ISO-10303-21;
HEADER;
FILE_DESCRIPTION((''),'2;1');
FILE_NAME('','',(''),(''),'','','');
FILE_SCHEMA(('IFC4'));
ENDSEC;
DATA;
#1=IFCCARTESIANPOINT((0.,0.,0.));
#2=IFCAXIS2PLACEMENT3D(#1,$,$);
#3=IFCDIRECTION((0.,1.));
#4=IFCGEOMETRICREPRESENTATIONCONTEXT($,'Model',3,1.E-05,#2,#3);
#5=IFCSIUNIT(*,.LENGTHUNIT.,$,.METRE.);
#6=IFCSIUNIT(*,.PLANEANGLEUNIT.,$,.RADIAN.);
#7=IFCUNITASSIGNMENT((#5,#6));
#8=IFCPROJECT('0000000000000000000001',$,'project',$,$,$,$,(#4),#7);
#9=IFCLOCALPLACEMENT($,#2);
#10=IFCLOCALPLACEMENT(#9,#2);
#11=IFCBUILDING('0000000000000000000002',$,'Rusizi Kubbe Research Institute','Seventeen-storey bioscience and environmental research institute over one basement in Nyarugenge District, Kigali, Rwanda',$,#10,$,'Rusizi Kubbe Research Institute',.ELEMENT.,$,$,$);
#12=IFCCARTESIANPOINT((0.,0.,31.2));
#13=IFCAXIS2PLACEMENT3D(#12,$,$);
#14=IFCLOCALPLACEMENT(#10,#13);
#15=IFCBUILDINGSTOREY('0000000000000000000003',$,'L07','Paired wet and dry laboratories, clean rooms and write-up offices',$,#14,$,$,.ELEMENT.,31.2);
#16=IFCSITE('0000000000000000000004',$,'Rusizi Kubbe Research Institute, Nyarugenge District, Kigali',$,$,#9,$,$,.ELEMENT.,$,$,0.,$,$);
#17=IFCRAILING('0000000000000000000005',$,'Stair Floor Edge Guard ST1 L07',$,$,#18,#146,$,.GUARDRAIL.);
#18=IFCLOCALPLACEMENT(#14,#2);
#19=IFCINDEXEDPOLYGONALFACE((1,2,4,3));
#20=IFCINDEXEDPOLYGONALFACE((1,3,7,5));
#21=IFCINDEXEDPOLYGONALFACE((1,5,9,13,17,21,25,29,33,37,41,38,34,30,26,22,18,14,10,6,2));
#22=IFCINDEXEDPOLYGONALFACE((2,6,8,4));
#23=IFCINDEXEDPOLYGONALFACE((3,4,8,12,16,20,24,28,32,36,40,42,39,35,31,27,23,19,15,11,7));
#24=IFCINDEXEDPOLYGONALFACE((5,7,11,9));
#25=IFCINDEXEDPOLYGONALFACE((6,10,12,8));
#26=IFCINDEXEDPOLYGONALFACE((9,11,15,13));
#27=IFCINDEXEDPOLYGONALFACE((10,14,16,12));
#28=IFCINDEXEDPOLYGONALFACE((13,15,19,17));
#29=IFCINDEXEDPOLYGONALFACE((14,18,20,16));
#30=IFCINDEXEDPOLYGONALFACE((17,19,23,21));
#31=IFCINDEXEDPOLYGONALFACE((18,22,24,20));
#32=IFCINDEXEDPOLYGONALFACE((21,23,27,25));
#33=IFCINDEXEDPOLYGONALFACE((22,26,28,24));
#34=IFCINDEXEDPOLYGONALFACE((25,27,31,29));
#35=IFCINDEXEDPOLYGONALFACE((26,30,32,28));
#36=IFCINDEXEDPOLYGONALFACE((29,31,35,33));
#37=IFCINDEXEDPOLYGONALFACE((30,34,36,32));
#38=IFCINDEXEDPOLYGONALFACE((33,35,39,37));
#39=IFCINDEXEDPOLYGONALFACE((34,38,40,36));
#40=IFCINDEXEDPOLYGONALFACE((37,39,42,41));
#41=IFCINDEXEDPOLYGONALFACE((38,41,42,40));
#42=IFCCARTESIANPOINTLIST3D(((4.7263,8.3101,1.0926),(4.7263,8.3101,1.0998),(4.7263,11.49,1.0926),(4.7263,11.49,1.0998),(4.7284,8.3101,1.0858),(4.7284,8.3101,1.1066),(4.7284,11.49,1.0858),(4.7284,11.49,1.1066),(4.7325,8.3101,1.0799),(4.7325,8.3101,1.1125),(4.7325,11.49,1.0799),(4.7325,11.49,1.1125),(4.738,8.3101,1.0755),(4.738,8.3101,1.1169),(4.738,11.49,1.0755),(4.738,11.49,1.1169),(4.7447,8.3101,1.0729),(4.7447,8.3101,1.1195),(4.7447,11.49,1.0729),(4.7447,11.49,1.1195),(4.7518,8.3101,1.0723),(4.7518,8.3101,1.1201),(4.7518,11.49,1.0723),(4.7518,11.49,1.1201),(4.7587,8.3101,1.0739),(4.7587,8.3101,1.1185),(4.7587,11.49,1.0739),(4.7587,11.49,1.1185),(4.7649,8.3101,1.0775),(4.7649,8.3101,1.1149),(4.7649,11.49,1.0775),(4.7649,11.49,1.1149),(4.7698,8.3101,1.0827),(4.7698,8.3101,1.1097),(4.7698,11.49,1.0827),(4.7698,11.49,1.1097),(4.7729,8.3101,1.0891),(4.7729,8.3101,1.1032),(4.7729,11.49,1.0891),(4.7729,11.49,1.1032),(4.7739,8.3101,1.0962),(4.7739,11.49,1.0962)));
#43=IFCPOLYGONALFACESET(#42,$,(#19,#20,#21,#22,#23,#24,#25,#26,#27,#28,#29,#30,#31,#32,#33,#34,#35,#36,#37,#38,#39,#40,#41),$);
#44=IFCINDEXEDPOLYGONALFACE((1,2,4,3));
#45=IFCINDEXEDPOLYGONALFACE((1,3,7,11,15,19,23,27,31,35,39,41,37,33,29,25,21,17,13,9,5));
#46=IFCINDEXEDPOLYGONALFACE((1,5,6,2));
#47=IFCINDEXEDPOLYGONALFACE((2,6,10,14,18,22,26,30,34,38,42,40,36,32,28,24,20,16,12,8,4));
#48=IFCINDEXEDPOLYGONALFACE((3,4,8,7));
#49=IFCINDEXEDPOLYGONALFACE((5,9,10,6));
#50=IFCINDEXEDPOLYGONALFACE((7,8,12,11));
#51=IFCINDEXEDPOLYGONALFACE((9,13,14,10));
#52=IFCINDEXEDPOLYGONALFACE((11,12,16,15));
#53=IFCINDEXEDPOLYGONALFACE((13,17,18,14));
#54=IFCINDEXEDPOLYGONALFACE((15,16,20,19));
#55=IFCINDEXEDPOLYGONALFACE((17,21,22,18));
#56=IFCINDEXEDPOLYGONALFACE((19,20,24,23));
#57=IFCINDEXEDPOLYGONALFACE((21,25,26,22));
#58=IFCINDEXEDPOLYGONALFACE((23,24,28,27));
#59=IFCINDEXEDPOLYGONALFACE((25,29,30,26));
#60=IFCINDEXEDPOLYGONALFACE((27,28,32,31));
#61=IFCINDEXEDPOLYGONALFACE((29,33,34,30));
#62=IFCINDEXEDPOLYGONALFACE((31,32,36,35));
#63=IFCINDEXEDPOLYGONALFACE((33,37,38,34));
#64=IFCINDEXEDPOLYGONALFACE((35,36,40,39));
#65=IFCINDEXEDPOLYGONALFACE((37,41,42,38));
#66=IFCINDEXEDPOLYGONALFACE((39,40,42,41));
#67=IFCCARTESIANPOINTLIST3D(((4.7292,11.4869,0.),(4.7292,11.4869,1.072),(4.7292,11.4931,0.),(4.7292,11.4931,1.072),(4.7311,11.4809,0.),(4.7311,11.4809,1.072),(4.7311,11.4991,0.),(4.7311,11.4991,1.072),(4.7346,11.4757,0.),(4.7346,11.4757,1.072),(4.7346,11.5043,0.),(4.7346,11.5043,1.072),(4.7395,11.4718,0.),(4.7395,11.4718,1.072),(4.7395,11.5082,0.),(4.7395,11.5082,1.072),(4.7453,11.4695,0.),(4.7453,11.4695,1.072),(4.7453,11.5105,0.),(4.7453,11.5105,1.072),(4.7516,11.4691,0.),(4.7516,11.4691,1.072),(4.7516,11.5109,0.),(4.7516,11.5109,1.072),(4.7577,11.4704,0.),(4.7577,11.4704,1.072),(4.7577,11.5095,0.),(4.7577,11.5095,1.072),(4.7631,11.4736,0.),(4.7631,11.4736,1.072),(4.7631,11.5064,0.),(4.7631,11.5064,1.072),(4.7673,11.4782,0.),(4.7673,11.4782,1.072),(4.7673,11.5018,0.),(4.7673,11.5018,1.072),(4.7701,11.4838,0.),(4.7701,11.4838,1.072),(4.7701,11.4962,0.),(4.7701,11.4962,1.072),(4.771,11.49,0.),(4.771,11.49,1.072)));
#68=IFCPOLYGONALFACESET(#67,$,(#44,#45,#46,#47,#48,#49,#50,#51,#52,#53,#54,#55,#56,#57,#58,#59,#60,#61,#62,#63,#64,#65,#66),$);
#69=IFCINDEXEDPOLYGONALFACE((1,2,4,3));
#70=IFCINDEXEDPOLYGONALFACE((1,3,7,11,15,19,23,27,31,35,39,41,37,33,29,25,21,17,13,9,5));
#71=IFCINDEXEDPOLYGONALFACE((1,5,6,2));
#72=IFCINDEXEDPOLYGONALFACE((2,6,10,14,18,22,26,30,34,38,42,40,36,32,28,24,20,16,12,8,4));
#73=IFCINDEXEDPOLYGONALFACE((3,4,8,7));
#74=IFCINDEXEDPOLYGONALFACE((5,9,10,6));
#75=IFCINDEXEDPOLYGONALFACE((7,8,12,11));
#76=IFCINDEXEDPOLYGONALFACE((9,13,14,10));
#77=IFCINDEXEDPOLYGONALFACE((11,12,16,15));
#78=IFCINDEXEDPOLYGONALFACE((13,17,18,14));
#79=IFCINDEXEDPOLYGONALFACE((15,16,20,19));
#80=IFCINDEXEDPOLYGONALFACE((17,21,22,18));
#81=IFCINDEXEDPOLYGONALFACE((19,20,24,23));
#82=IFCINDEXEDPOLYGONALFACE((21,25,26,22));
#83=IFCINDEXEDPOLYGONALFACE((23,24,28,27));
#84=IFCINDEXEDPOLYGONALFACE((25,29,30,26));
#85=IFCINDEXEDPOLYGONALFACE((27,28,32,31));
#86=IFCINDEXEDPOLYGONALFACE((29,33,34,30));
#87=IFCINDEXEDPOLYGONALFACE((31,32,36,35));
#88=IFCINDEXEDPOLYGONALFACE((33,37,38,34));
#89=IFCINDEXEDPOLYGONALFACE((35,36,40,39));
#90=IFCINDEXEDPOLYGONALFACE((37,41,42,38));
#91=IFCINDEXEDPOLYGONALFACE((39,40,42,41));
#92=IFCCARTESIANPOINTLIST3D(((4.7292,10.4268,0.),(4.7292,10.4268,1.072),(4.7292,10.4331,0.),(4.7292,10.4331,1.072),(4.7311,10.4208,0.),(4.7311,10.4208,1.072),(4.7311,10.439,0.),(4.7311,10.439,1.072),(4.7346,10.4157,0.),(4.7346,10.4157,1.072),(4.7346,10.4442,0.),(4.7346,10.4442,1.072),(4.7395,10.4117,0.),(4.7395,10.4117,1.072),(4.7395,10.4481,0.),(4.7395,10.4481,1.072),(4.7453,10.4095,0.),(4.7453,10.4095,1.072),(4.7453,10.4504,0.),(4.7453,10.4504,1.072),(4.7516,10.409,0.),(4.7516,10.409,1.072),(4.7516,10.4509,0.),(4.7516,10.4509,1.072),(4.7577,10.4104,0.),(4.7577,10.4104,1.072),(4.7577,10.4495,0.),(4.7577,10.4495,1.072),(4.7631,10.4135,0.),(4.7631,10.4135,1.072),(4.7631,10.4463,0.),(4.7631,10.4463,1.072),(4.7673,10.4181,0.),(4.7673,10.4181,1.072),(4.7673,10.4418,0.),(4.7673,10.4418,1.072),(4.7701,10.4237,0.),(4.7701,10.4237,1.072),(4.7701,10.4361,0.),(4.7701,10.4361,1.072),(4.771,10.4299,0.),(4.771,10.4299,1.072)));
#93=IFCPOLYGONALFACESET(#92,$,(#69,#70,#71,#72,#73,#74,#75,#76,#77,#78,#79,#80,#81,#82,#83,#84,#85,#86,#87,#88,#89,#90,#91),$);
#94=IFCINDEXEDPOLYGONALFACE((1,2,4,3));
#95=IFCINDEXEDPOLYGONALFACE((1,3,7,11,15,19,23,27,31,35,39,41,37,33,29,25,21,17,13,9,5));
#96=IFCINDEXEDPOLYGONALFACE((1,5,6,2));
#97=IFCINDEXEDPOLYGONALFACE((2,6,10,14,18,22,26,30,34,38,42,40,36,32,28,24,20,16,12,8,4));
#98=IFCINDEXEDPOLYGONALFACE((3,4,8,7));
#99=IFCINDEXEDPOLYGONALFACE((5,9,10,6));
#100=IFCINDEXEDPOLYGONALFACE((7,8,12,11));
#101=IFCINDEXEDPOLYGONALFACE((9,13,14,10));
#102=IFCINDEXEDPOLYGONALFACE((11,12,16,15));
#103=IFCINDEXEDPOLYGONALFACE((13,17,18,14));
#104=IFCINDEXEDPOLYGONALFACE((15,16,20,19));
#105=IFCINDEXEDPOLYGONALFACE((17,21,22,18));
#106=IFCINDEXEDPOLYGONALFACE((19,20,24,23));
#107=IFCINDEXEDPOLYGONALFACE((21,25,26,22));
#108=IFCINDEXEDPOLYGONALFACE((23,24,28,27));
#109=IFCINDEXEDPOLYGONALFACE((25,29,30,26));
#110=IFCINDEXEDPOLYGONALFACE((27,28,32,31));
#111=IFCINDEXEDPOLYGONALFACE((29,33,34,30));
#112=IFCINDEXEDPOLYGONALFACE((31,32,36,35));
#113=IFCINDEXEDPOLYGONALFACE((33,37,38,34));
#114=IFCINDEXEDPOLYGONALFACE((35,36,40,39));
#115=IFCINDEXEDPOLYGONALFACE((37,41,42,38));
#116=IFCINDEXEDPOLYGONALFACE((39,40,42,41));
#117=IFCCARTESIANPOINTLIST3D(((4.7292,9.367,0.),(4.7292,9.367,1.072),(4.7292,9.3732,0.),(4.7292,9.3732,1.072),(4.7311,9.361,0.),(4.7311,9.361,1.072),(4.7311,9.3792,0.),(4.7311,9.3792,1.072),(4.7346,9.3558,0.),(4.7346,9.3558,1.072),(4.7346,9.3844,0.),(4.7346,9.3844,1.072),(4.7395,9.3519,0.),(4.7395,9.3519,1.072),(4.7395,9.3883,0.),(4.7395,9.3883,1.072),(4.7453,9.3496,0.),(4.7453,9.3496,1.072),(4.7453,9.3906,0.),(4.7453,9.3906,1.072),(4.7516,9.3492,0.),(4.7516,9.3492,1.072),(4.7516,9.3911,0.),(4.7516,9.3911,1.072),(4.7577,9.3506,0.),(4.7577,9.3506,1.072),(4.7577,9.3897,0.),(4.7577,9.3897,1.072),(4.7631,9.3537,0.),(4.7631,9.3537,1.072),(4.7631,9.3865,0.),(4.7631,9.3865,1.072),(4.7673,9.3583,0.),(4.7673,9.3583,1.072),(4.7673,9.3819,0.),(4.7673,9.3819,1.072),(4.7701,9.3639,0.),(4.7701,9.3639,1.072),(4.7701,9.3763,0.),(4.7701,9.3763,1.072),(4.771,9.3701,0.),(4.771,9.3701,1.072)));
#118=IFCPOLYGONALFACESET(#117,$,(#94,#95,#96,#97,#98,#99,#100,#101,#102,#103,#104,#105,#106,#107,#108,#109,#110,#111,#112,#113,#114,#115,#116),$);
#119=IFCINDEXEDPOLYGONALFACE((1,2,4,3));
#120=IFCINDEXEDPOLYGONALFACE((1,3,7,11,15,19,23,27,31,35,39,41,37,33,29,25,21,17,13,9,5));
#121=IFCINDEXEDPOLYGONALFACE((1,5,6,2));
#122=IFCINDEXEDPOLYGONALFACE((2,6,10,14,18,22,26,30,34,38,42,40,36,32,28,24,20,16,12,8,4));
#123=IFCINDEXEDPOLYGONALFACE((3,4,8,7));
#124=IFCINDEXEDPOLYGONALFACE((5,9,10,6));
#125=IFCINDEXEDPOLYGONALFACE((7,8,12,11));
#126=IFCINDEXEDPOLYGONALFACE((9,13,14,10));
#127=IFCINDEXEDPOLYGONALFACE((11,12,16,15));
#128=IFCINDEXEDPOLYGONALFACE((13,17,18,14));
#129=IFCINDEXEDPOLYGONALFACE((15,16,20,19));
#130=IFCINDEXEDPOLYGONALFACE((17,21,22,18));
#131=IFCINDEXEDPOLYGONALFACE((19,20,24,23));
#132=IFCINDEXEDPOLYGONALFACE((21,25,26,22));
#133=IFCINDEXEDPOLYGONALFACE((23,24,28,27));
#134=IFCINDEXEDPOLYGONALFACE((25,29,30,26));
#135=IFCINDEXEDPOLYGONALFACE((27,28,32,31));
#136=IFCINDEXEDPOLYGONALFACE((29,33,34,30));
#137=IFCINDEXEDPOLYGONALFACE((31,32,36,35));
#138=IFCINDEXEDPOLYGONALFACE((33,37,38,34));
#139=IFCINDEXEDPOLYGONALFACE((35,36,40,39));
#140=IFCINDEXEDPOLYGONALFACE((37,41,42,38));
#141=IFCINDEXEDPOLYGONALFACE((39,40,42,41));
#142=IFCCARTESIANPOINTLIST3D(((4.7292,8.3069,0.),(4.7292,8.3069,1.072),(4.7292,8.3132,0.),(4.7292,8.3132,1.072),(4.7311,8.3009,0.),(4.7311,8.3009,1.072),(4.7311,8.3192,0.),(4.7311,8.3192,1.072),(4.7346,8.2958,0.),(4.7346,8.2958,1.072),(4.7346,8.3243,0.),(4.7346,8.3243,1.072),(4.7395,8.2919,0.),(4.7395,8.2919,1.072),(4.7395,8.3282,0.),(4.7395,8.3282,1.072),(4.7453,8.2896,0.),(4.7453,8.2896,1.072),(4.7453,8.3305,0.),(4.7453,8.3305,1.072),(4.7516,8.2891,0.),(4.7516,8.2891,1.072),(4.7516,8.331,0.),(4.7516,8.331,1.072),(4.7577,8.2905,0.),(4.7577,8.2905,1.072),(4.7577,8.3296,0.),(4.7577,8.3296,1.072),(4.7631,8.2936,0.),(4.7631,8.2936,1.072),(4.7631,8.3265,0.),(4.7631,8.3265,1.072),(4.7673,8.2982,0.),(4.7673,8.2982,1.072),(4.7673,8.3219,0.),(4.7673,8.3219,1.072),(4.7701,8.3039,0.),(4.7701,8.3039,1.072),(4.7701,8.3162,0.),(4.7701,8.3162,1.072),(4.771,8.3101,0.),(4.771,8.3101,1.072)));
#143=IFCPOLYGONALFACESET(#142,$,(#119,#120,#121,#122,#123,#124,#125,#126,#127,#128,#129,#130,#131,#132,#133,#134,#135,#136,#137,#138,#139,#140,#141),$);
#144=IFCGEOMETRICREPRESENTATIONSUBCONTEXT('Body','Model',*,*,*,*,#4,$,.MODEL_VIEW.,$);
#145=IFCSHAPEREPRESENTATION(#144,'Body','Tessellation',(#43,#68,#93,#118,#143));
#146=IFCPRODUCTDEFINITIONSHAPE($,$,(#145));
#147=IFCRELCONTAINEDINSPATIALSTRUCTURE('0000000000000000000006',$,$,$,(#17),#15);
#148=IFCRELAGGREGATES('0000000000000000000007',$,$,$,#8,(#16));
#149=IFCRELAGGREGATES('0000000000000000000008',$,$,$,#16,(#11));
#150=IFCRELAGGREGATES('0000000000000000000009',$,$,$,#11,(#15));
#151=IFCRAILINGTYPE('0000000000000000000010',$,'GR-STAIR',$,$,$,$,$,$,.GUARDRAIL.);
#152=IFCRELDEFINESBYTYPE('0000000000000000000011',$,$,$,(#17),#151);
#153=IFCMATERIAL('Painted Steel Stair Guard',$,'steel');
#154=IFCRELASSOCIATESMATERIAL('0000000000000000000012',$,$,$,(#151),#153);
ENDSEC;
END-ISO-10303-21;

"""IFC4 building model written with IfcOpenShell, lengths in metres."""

from ifc_helpers import new_model, si_unit, direction, frame, origin, origin_2d, place, context, subcontext, project, spatial, circle, extrude, material, type_object, element, save


model = new_model("IFC4")

# Units and contexts
model_context = context("Model", 3, precision=1e-05, world=origin(), true_north=direction((0.0, 1.0)))
body_context = subcontext(model_context, "Body", "Model", "MODEL_VIEW")
ifc_project = project(units=[si_unit("LENGTHUNIT", "METRE"), si_unit("PLANEANGLEUNIT", "RADIAN")], contexts=[model_context])

# Site, building, storey
site_placement = place(None, origin())
site = spatial("IfcSite", under=ifc_project, at=site_placement, Name="Rusizi Kubbe Research Institute, Nyarugenge District, Kigali", CompositionType="ELEMENT", RefElevation=0.0)
building_placement = place(site_placement, origin())
building = spatial("IfcBuilding", under=site, at=building_placement, Name="Rusizi Kubbe Research Institute", Description="Seventeen-storey bioscience and environmental research institute over one basement in Nyarugenge District, Kigali, Rwanda", LongName="Rusizi Kubbe Research Institute", CompositionType="ELEMENT")
storey_placement = place(building_placement, frame((0.0, 0.0, 31.2)))
storey = spatial("IfcBuildingStorey", under=building, at=storey_placement, Name="L07", Description="Paired wet and dry laboratories, clean rooms and write-up offices", CompositionType="ELEMENT", Elevation=31.2)

# Railing
ifc_material_1 = material(Name="Painted Steel Stair Guard", Category="steel")
railing_type_1 = type_object("IfcRailingType", Name="GR-STAIR", PredefinedType="GUARDRAIL", material=ifc_material_1)
railing_1_placement = place(storey_placement, frame((4.75, 11.49, 0.0)))
element("IfcRailing", 1, at=railing_1_placement, inside=storey, type_object=railing_type_1, Name="Stair Floor Edge Guard ST1 L07", PredefinedType="GUARDRAIL", context=body_context, shape_type="SweptSolid", body=[
    extrude(circle(Radius=0.0239, at=origin_2d()), frame((0.0, 0.0, 1.0962), z_axis=(0.0, -1.0, 0.0), x_axis=(1.0, 0.0, 0.0)), (0.0, 0.0, 1.0), 3.1799),
    extrude(circle(Radius=0.021, at=origin_2d()), origin(), (0.0, 0.0, 1.0), 1.072),
    extrude(circle(Radius=0.021, at=origin_2d()), frame((0.0, -1.0601, 0.0)), (0.0, 0.0, 1.0), 1.072),
    extrude(circle(Radius=0.021, at=origin_2d()), frame((0.0, -2.1199, 0.0)), (0.0, 0.0, 1.0), 1.072),
    extrude(circle(Radius=0.021, at=origin_2d()), frame((0.0, -3.1799, 0.0)), (0.0, 0.0, 1.0), 1.072),
])

save(model, "model.ifc")
